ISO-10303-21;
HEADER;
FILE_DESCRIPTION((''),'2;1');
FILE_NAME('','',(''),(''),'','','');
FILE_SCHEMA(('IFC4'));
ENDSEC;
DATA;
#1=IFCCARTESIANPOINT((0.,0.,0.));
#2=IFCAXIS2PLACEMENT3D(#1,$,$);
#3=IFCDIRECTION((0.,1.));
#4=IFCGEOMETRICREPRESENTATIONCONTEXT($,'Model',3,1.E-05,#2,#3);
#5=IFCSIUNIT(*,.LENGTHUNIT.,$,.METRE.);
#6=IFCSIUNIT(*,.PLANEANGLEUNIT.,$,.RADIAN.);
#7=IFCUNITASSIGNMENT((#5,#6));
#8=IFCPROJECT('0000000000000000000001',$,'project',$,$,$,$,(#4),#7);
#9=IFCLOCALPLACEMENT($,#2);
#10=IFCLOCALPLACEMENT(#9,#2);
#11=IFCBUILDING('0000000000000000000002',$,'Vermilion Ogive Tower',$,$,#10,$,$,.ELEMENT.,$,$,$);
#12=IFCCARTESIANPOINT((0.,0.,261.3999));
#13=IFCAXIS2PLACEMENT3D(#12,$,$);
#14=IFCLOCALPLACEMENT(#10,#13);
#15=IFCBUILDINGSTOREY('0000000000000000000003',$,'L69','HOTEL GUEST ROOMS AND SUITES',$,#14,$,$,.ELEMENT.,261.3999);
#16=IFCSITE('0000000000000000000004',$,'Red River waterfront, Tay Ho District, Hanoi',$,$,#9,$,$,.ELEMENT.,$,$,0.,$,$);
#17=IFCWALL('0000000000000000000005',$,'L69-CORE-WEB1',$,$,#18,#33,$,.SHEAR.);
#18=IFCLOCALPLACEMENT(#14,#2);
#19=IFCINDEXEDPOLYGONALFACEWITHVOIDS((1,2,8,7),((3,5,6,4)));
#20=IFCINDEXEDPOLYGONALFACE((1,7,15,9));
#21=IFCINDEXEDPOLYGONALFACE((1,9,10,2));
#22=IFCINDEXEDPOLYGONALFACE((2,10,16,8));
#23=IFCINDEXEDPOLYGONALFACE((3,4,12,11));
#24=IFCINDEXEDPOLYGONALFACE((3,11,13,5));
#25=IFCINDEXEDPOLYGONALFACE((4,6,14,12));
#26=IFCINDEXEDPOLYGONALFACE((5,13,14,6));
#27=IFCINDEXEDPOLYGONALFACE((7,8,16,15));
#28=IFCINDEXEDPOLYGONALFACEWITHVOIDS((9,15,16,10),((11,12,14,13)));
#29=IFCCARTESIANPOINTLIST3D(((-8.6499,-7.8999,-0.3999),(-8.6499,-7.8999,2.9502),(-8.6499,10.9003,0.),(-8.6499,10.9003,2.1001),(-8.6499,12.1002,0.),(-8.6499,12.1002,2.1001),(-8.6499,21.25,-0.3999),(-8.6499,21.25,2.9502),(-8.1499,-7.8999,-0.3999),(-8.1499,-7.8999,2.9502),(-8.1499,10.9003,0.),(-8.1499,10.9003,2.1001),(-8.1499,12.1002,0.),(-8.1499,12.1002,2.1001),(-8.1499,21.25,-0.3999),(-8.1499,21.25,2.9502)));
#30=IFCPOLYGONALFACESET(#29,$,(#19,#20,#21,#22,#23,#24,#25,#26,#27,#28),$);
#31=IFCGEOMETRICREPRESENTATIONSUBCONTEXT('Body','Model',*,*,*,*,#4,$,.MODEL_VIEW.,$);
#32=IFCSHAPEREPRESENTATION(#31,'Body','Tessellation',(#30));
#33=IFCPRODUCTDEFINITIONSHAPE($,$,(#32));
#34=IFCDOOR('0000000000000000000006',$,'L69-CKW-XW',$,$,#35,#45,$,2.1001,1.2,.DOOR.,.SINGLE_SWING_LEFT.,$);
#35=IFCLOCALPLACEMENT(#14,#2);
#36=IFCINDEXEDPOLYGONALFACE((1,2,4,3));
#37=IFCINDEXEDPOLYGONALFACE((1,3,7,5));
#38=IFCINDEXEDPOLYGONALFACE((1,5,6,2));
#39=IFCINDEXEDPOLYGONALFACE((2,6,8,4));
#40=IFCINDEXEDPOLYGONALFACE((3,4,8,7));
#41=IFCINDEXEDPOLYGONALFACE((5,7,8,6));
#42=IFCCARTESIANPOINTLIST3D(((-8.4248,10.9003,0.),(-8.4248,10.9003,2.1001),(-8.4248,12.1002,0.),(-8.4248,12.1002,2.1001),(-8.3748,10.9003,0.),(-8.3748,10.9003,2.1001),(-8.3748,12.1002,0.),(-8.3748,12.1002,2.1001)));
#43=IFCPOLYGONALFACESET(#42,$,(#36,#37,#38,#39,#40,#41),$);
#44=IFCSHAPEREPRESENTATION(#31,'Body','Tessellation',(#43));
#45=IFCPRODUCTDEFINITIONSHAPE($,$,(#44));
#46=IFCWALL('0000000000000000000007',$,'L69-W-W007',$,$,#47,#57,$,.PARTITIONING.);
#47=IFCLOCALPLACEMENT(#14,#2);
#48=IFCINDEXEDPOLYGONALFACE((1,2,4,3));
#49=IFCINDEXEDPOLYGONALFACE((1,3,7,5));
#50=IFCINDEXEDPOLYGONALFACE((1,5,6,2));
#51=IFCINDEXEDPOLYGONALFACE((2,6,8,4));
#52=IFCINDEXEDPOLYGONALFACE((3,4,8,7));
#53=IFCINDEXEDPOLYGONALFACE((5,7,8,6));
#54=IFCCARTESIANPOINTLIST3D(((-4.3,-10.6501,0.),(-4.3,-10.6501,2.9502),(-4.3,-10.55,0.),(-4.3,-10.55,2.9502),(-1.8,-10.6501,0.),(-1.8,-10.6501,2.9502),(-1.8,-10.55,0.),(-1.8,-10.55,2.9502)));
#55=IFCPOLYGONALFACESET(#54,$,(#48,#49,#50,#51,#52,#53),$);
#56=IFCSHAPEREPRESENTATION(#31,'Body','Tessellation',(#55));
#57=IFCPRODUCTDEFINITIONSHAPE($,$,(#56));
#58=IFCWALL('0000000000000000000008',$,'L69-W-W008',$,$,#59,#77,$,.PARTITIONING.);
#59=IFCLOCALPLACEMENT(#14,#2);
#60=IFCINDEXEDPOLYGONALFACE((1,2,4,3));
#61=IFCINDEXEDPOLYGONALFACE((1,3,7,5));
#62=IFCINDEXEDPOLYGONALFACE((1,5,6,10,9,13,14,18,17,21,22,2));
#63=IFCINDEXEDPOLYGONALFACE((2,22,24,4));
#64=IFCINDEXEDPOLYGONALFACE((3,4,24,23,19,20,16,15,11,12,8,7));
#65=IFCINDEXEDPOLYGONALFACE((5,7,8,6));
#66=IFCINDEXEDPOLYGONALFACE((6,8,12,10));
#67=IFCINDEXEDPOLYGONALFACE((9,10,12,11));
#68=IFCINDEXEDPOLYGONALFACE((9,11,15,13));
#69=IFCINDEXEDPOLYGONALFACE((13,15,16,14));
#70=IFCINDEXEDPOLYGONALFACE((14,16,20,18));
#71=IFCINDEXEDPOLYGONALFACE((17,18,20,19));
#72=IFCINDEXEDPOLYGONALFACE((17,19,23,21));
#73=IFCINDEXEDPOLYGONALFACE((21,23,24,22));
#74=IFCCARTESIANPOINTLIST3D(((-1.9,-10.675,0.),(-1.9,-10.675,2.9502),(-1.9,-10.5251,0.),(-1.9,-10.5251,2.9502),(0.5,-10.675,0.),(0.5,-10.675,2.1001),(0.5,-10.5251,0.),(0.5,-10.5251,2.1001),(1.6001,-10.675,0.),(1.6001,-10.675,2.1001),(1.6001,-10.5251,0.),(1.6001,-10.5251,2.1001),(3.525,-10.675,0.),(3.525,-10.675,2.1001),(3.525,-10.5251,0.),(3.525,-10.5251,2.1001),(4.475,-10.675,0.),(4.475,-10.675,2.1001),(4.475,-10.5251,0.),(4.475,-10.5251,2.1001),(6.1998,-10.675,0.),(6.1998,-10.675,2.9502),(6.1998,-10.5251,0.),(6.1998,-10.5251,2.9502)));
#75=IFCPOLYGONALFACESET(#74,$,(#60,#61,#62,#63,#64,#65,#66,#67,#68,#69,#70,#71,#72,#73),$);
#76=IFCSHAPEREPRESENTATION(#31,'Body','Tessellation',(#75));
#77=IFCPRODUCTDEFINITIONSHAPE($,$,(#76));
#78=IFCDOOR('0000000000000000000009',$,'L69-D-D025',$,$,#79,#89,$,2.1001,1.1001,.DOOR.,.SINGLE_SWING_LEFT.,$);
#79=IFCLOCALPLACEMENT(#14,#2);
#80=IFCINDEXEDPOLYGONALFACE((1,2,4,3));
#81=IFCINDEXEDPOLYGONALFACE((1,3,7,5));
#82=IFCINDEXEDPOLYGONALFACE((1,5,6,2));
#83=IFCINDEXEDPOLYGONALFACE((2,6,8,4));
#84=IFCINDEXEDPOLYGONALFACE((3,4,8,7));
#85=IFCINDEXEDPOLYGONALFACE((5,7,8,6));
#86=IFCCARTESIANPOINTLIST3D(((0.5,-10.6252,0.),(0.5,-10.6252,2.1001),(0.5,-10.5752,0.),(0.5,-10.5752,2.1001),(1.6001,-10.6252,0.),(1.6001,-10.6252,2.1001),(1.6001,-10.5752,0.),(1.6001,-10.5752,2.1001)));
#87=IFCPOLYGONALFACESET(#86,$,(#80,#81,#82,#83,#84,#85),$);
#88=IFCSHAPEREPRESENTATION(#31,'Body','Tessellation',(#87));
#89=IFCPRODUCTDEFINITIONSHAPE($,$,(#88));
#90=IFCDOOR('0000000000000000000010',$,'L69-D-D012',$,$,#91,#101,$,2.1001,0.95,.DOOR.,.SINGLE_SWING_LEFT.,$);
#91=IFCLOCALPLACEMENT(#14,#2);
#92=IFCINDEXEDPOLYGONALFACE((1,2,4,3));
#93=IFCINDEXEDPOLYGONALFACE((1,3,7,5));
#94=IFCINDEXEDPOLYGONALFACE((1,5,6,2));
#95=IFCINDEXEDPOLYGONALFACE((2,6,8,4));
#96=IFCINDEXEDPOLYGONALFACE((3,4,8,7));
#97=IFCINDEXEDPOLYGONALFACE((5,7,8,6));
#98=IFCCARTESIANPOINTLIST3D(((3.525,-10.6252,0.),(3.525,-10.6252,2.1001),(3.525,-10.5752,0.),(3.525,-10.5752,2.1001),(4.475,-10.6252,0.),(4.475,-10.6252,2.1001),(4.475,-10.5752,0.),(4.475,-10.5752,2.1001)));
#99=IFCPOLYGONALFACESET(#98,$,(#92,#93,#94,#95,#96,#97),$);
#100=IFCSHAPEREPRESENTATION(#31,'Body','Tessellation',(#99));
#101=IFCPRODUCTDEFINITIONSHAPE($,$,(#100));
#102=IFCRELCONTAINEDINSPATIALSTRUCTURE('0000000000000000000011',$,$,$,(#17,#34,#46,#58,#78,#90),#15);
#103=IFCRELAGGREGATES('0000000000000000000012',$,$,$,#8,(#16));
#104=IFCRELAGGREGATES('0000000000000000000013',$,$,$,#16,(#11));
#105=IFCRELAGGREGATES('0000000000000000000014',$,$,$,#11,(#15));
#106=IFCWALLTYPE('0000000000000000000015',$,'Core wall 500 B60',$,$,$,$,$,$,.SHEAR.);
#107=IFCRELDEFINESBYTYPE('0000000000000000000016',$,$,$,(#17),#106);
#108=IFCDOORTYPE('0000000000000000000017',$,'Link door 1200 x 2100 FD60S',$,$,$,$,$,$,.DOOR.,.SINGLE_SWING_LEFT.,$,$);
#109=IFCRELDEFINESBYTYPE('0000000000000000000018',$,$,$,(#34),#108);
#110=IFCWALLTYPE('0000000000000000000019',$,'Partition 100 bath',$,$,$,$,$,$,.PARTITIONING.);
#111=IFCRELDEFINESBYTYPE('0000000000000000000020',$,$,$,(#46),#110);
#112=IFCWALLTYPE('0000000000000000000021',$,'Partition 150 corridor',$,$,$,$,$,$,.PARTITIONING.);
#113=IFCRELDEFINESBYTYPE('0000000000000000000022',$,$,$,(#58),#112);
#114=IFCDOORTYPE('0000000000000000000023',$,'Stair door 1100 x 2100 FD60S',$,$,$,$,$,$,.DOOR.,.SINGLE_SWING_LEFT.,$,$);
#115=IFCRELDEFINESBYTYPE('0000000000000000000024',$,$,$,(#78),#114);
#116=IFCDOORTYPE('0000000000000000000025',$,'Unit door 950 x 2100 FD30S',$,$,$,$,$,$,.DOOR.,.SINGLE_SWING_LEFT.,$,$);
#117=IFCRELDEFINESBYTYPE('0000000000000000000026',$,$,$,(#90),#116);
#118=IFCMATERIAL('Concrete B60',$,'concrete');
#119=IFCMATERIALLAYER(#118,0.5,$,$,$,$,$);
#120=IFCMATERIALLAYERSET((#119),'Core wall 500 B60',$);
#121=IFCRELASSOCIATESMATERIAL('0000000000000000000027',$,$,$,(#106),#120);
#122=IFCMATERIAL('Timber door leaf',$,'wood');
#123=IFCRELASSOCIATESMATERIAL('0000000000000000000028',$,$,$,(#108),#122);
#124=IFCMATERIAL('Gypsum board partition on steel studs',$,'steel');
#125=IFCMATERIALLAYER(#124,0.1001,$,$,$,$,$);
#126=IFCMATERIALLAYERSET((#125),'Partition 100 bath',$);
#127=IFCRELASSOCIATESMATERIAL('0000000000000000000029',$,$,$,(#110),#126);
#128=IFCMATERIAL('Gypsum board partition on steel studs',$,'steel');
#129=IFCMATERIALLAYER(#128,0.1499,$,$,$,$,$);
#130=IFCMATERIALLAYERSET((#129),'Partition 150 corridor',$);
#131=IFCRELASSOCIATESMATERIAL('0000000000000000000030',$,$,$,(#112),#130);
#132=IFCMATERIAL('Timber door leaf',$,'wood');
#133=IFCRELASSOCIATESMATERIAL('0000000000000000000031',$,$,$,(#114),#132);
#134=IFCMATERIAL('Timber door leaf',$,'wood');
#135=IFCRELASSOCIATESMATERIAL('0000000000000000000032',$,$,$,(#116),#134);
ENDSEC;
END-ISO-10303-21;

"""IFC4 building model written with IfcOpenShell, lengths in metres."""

from ifc_helpers import new_model, si_unit, direction, frame, frame_2d, origin, place, context, subcontext, project, spatial, rectangle, extrude, material, layer, layer_set, type_object, element, fill, save


model = new_model("IFC4")

# Units and contexts
model_context = context("Model", 3, precision=1e-05, world=origin(), true_north=direction((0.0, 1.0)))
body_context = subcontext(model_context, "Body", "Model", "MODEL_VIEW")
ifc_project = project(units=[si_unit("LENGTHUNIT", "METRE"), si_unit("PLANEANGLEUNIT", "RADIAN")], contexts=[model_context])

# Site, building, storey
site_placement = place(None, origin())
site = spatial("IfcSite", under=ifc_project, at=site_placement, Name="Red River waterfront, Tay Ho District, Hanoi", CompositionType="ELEMENT", RefElevation=0.0)
building_placement = place(site_placement, origin())
building = spatial("IfcBuilding", under=site, at=building_placement, Name="Vermilion Ogive Tower", CompositionType="ELEMENT")
storey_placement = place(building_placement, frame((0.0, 0.0, 261.3999)))
storey = spatial("IfcBuildingStorey", under=building, at=storey_placement, Name="L69", Description="HOTEL GUEST ROOMS AND SUITES", CompositionType="ELEMENT", Elevation=261.3999)

# Wall, opening, door
ifc_material_1 = material(Name="Concrete B60", Category="concrete")
ifc_layer_1 = layer(ifc_material_1, 0.5)
ifc_layer_set_1 = layer_set([ifc_layer_1], Name="Core wall 500 B60")
wall_type_1 = type_object("IfcWallType", Name="Core wall 500 B60", PredefinedType="SHEAR", material=ifc_layer_set_1)
wall_1_placement = place(storey_placement, frame((-8.3999, -7.8999, -0.3999), z_axis=(0.0, 0.0, 1.0), x_axis=(0.0, 1.0, 0.0)))
wall_1 = element("IfcWall", 1, at=wall_1_placement, inside=storey, type_object=wall_type_1, Name="L69-CORE-WEB1", PredefinedType="SHEAR", context=body_context, shape_type="SweptSolid", body=[
    extrude(rectangle(XDim=29.1499, YDim=0.5, at=frame_2d((14.575, 0.0))), origin(), (0.0, 0.0, 1.0), 3.3501),
])
opening_1_placement = place(wall_1_placement, frame((18.8, 0.0, 0.3999)))
opening_1 = element("IfcOpeningElement", 2, at=opening_1_placement, cuts=wall_1, PredefinedType="OPENING", context=body_context, shape_type="SweptSolid", body=[
    extrude(rectangle(XDim=1.2, YDim=2.1001, at=frame_2d((0.6001, 1.05))), frame((0.0, 0.26, 0.0), z_axis=(0.0, -1.0, 0.0), x_axis=(1.0, 0.0, 0.0)), (0.0, 0.0, 1.0), 0.52),
])
ifc_material_2 = material(Name="Timber door leaf", Category="wood")
door_type_1 = type_object("IfcDoorType", Name="Link door 1200 x 2100 FD60S", OperationType="SINGLE_SWING_LEFT", PredefinedType="DOOR", material=ifc_material_2)
door_1_placement = place(opening_1_placement, origin())
door_1 = element("IfcDoor", 3, at=door_1_placement, inside=storey, type_object=door_type_1, Name="L69-CKW-XW", OperationType="SINGLE_SWING_LEFT", OverallHeight=2.1001, OverallWidth=1.2, PredefinedType="DOOR", context=body_context, shape_type="SweptSolid", body=[
    extrude(rectangle(XDim=1.2, YDim=2.1001, at=frame_2d((0.6001, 1.05))), frame((0.0, 0.0249, 0.0), z_axis=(0.0, -1.0, 0.0), x_axis=(1.0, 0.0, 0.0)), (0.0, 0.0, 1.0), 0.05),
])
fill(opening_1, door_1)

# Wall
ifc_material_3 = material(Name="Gypsum board partition on steel studs", Category="steel")
ifc_layer_2 = layer(ifc_material_3, 0.1001)
ifc_layer_set_2 = layer_set([ifc_layer_2], Name="Partition 100 bath")
wall_type_2 = type_object("IfcWallType", Name="Partition 100 bath", PredefinedType="PARTITIONING", material=ifc_layer_set_2)
wall_2_placement = place(storey_placement, frame((-4.3, -10.6001, 0.0), z_axis=(0.0, 0.0, 1.0), x_axis=(1.0, 0.0, 0.0)))
element("IfcWall", 4, at=wall_2_placement, inside=storey, type_object=wall_type_2, Name="L69-W-W007", PredefinedType="PARTITIONING", context=body_context, shape_type="SweptSolid", body=[
    extrude(rectangle(XDim=2.5, YDim=0.1001, at=frame_2d((1.25, 0.0))), origin(), (0.0, 0.0, 1.0), 2.9502),
])

# Wall, openings, doors
ifc_material_4 = material(Name="Gypsum board partition on steel studs", Category="steel")
ifc_layer_3 = layer(ifc_material_4, 0.1499)
ifc_layer_set_3 = layer_set([ifc_layer_3], Name="Partition 150 corridor")
wall_type_3 = type_object("IfcWallType", Name="Partition 150 corridor", PredefinedType="PARTITIONING", material=ifc_layer_set_3)
wall_3_placement = place(storey_placement, frame((-1.8999, -10.6001, 0.0), z_axis=(0.0, 0.0, 1.0), x_axis=(1.0, 0.0, 0.0)))
wall_3 = element("IfcWall", 5, at=wall_3_placement, inside=storey, type_object=wall_type_3, Name="L69-W-W008", PredefinedType="PARTITIONING", context=body_context, shape_type="SweptSolid", body=[
    extrude(rectangle(XDim=8.0999, YDim=0.1499, at=frame_2d((4.0498, 0.0))), origin(), (0.0, 0.0, 1.0), 2.9502),
])
opening_2_placement = place(wall_3_placement, frame((5.4248, 0.0, 0.0)))
opening_2 = element("IfcOpeningElement", 6, at=opening_2_placement, cuts=wall_3, PredefinedType="OPENING", context=body_context, shape_type="SweptSolid", body=[
    extrude(rectangle(XDim=0.95, YDim=2.1001, at=frame_2d((0.4751, 1.05))), frame((0.0, 0.085, 0.0), z_axis=(0.0, -1.0, 0.0), x_axis=(1.0, 0.0, 0.0)), (0.0, 0.0, 1.0), 0.1699),
])
opening_3_placement = place(wall_3_placement, frame((2.3999, 0.0, 0.0)))
opening_3 = element("IfcOpeningElement", 7, at=opening_3_placement, cuts=wall_3, PredefinedType="OPENING", context=body_context, shape_type="SweptSolid", body=[
    extrude(rectangle(XDim=1.1001, YDim=2.1001, at=frame_2d((0.55, 1.05))), frame((0.0, 0.085, 0.0), z_axis=(0.0, -1.0, 0.0), x_axis=(1.0, 0.0, 0.0)), (0.0, 0.0, 1.0), 0.1699),
])
ifc_material_5 = material(Name="Timber door leaf", Category="wood")
door_type_2 = type_object("IfcDoorType", Name="Stair door 1100 x 2100 FD60S", OperationType="SINGLE_SWING_LEFT", PredefinedType="DOOR", material=ifc_material_5)
door_2_placement = place(opening_3_placement, origin())
door_2 = element("IfcDoor", 8, at=door_2_placement, inside=storey, type_object=door_type_2, Name="L69-D-D025", OperationType="SINGLE_SWING_LEFT", OverallHeight=2.1001, OverallWidth=1.1001, PredefinedType="DOOR", context=body_context, shape_type="SweptSolid", body=[
    extrude(rectangle(XDim=1.1001, YDim=2.1001, at=frame_2d((0.55, 1.05))), frame((0.0, 0.0249, 0.0), z_axis=(0.0, -1.0, 0.0), x_axis=(1.0, 0.0, 0.0)), (0.0, 0.0, 1.0), 0.05),
])
fill(opening_3, door_2)
ifc_material_6 = material(Name="Timber door leaf", Category="wood")
door_type_3 = type_object("IfcDoorType", Name="Unit door 950 x 2100 FD30S", OperationType="SINGLE_SWING_LEFT", PredefinedType="DOOR", material=ifc_material_6)
door_3_placement = place(opening_2_placement, origin())
door_3 = element("IfcDoor", 9, at=door_3_placement, inside=storey, type_object=door_type_3, Name="L69-D-D012", OperationType="SINGLE_SWING_LEFT", OverallHeight=2.1001, OverallWidth=0.95, PredefinedType="DOOR", context=body_context, shape_type="SweptSolid", body=[
    extrude(rectangle(XDim=0.95, YDim=2.1001, at=frame_2d((0.4751, 1.05))), frame((0.0, 0.0249, 0.0), z_axis=(0.0, -1.0, 0.0), x_axis=(1.0, 0.0, 0.0)), (0.0, 0.0, 1.0), 0.05),
])
fill(opening_2, door_3)

save(model, "model.ifc")
